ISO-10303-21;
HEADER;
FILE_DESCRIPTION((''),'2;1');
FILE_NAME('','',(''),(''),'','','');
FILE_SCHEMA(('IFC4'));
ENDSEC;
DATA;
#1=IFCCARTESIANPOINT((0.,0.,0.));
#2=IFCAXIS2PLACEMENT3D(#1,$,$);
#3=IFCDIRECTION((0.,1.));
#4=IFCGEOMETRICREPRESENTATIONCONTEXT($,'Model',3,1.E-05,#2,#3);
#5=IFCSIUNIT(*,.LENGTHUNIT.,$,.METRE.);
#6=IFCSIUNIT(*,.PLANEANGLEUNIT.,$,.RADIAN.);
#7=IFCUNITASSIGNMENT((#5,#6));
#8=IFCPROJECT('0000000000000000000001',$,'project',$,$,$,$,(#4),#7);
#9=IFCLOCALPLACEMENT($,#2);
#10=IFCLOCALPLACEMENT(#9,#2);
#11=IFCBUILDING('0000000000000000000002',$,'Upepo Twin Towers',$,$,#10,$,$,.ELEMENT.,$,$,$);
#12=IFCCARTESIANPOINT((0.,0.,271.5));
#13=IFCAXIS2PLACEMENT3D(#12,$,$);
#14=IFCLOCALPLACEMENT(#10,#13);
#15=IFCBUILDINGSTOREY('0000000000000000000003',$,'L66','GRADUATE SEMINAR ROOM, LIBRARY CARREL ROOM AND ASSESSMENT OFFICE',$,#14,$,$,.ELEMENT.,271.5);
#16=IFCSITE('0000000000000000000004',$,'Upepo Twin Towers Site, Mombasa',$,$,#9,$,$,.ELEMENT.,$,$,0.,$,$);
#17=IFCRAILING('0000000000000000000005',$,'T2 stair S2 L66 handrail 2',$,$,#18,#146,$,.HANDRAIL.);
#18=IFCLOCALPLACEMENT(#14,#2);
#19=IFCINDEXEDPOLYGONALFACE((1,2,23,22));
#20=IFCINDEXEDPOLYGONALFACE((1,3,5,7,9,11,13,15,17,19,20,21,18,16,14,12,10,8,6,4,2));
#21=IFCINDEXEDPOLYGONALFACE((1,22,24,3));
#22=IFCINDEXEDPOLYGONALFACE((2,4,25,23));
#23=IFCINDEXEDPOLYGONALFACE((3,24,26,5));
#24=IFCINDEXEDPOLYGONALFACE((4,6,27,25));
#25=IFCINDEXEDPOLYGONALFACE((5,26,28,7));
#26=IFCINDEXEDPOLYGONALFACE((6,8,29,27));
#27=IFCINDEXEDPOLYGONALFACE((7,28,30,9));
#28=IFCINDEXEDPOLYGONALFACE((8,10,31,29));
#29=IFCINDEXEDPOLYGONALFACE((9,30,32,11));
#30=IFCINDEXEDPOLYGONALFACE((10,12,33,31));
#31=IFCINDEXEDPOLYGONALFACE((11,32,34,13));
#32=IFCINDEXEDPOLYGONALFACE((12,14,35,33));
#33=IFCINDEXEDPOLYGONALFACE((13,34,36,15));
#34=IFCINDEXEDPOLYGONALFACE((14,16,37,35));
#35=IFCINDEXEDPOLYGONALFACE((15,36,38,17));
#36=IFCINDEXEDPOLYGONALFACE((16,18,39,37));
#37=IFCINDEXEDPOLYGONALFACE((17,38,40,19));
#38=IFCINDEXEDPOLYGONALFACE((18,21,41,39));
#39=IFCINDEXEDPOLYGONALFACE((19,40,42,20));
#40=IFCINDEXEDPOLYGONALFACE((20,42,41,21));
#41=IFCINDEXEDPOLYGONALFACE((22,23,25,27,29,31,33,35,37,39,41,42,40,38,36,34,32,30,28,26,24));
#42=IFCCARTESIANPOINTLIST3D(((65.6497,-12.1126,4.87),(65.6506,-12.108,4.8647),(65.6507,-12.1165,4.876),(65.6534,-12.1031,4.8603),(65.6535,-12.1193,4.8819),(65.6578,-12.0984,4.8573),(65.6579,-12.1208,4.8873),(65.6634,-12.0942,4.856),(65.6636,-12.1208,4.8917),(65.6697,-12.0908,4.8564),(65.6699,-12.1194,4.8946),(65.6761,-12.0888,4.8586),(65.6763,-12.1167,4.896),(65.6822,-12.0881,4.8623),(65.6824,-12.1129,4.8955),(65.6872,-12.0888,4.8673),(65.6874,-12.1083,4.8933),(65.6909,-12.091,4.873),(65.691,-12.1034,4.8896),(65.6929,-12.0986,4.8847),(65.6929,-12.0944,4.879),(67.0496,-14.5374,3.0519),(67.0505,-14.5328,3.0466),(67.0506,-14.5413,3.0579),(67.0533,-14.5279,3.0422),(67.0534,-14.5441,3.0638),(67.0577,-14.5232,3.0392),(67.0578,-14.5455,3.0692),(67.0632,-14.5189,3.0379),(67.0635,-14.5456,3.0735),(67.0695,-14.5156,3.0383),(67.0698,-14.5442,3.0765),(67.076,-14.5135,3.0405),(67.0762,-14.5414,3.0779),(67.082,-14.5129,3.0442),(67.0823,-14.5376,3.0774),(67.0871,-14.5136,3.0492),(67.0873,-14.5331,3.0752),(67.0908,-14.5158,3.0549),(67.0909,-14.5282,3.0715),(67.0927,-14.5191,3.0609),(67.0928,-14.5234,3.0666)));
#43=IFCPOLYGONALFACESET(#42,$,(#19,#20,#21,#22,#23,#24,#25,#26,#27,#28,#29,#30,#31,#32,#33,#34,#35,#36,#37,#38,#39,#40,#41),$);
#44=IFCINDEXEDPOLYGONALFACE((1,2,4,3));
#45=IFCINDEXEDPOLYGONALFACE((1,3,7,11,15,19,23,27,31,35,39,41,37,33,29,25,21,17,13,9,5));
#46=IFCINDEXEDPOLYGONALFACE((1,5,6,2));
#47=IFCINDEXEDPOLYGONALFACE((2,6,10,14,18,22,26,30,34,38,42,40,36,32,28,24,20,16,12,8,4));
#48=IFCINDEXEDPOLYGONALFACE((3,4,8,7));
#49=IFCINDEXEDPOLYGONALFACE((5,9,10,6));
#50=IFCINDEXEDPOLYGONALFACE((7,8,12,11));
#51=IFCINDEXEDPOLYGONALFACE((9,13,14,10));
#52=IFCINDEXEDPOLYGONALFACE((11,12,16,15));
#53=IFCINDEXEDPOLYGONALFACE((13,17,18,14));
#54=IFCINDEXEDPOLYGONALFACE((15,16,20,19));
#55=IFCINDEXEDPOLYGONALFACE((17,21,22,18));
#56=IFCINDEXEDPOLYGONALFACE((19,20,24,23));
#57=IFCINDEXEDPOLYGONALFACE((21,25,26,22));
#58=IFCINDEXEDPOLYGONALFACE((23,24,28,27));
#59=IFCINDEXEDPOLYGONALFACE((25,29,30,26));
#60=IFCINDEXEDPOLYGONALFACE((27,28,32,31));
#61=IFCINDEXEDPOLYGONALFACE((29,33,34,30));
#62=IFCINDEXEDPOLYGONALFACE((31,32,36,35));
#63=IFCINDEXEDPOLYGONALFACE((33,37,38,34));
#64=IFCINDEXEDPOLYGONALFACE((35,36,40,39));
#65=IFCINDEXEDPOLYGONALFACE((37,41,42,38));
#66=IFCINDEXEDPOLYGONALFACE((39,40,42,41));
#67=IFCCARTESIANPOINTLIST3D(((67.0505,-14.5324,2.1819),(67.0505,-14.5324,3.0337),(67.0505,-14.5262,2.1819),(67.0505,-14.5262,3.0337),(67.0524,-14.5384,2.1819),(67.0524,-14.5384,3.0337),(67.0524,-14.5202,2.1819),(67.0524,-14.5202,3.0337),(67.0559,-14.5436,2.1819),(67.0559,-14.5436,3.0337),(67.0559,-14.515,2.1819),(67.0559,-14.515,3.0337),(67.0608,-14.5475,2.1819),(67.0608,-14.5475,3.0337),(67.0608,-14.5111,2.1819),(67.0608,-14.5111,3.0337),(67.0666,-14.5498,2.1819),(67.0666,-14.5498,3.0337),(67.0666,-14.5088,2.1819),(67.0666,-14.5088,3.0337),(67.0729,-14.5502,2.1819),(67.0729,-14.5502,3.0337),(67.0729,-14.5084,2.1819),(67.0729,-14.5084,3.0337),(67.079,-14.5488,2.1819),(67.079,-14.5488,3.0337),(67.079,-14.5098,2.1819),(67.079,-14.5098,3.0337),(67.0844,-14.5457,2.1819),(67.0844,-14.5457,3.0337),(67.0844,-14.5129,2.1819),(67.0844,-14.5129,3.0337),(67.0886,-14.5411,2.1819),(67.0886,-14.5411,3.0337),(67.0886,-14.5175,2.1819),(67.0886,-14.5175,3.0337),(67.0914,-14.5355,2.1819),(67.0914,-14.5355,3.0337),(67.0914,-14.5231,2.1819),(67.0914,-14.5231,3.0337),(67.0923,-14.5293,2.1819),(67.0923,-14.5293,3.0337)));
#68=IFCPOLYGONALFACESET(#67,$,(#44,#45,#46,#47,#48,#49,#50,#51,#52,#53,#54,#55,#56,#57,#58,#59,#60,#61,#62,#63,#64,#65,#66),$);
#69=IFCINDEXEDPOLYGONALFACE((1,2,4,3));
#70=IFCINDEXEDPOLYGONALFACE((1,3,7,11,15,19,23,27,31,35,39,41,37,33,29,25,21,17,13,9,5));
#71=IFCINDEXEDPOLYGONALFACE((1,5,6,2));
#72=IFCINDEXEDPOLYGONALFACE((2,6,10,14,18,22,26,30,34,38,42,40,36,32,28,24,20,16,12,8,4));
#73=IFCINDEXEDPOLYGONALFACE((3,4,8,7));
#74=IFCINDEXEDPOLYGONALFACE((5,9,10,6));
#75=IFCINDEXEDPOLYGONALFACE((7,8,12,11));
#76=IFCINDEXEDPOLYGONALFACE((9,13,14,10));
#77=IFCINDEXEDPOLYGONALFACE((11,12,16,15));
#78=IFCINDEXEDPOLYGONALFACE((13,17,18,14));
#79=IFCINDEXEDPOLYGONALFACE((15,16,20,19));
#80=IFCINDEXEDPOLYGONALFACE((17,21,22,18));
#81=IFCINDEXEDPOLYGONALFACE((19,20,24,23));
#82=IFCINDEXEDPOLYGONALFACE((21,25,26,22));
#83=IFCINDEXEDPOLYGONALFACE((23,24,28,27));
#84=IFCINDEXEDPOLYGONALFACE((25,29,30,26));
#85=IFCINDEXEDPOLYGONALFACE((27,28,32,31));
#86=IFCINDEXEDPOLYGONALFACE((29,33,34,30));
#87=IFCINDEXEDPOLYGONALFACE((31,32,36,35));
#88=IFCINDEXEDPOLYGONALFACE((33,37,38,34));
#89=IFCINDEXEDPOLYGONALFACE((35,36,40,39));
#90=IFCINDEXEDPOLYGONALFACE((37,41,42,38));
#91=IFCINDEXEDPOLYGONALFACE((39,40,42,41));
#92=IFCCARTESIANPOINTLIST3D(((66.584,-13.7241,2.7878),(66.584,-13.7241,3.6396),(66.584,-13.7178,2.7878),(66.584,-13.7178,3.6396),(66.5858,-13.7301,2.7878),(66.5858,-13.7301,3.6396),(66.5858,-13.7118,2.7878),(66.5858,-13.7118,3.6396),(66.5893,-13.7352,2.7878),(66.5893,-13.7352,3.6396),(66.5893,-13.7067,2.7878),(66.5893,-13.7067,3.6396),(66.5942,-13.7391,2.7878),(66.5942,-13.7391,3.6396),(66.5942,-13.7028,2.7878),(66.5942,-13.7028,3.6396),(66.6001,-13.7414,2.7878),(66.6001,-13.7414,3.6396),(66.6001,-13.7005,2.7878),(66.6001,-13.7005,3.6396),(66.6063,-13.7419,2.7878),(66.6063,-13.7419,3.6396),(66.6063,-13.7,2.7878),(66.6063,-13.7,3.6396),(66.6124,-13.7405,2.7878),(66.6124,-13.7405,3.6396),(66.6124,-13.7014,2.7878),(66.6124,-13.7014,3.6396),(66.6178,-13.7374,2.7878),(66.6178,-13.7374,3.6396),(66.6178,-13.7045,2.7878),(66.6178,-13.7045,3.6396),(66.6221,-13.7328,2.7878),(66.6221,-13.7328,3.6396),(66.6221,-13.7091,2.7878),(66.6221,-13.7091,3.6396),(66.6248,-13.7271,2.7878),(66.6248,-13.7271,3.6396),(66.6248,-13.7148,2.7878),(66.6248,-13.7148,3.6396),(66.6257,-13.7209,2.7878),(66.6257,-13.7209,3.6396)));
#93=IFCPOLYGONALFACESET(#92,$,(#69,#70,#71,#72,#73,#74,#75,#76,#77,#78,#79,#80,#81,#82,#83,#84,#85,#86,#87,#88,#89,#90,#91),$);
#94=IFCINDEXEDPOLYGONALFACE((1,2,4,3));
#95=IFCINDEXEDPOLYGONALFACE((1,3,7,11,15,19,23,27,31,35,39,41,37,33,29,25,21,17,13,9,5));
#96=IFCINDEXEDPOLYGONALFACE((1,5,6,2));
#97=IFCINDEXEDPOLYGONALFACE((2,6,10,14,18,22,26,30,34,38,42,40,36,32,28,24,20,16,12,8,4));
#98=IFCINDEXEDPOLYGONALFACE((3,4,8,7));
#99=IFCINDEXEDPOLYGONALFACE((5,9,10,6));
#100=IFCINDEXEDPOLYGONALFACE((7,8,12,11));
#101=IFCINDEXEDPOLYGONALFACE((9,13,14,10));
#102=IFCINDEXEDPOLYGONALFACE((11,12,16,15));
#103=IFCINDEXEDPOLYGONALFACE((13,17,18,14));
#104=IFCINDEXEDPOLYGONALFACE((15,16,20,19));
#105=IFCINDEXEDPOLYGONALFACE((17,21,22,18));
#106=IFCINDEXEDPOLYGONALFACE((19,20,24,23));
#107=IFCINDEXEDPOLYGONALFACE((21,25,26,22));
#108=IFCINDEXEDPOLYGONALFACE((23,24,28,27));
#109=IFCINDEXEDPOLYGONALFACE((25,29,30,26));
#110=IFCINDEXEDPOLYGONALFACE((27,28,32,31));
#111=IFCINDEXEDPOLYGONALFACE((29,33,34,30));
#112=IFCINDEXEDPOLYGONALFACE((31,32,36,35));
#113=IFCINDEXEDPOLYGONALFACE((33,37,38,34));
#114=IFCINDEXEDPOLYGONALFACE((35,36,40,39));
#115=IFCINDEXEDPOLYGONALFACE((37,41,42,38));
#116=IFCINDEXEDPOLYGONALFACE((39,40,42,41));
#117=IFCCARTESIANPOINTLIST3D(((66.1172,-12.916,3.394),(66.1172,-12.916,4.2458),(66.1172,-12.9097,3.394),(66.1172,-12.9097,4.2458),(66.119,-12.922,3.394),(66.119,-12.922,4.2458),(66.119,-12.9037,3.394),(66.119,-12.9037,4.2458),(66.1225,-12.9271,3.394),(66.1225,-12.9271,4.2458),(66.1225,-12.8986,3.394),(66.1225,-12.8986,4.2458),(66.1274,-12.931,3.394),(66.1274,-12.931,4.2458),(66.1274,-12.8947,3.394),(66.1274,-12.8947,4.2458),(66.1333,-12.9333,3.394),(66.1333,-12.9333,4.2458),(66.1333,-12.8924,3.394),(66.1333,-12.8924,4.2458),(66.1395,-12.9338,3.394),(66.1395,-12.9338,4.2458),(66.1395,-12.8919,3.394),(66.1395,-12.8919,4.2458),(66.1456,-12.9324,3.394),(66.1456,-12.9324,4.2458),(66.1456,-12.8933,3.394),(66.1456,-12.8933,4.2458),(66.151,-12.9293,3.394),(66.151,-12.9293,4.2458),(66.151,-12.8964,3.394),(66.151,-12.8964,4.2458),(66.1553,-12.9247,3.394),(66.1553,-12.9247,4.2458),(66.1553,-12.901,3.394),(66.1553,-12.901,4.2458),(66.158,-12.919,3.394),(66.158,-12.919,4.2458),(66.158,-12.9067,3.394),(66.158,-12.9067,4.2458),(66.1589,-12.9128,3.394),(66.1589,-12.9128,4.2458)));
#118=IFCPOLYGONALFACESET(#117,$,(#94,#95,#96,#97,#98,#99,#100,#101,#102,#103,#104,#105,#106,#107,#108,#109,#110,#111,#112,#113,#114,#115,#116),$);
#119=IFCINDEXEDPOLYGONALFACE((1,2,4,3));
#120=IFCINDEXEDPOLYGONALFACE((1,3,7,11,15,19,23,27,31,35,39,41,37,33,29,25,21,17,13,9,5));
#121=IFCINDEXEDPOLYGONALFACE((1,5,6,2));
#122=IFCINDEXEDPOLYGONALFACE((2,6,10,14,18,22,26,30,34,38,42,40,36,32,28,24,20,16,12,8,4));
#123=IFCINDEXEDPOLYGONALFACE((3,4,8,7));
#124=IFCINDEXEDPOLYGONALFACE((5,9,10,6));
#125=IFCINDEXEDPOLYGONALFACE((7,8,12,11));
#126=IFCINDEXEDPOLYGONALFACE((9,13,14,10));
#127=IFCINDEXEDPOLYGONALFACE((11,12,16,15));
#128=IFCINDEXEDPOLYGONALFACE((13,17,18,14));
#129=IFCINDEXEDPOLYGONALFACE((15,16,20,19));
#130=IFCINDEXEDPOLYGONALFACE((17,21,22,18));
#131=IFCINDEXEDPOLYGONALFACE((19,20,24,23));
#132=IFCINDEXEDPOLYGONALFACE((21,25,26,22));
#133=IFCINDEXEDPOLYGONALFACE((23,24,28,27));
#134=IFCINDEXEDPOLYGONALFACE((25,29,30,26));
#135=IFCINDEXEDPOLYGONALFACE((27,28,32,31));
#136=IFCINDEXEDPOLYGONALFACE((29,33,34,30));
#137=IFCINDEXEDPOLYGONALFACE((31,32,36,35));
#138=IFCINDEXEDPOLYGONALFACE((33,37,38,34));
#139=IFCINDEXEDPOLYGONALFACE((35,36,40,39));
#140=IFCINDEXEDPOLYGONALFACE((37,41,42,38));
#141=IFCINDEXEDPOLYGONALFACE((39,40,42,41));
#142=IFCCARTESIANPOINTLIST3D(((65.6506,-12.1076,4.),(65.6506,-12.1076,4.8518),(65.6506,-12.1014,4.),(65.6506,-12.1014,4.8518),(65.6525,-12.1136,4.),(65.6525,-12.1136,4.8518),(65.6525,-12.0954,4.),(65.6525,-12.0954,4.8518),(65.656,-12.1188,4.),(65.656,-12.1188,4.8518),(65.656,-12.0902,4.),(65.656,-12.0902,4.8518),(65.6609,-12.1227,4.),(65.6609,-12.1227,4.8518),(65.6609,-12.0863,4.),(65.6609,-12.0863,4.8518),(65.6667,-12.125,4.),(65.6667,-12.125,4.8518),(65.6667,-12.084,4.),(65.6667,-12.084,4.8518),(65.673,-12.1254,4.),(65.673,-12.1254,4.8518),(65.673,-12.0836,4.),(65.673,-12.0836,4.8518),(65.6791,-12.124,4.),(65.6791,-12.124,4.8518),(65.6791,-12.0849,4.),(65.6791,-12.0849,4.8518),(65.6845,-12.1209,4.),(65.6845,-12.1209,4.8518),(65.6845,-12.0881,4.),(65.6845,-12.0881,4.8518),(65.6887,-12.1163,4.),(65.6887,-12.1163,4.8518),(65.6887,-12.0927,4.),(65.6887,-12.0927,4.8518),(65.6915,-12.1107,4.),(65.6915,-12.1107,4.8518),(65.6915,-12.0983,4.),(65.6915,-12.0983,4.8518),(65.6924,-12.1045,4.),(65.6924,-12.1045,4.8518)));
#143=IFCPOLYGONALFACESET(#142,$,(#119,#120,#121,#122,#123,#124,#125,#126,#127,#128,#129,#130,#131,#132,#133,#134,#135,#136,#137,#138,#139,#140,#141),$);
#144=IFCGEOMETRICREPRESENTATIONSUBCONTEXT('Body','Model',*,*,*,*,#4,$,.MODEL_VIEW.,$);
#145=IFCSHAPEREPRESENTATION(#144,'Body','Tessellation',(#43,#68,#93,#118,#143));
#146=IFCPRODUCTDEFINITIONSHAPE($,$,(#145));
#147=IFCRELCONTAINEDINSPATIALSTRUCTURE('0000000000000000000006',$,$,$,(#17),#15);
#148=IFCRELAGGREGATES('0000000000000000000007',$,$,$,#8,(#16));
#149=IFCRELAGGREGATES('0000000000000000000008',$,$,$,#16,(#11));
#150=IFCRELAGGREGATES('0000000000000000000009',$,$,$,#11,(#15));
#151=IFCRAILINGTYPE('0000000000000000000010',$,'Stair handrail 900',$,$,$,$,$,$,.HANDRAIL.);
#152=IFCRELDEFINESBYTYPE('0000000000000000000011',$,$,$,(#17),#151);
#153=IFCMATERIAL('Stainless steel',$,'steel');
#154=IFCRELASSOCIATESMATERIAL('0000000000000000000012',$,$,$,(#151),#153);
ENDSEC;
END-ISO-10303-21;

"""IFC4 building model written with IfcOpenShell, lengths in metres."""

from ifc_helpers import new_model, si_unit, direction, frame, origin, origin_2d, place, context, subcontext, project, spatial, circle, extrude, material, type_object, element, save


model = new_model("IFC4")

# Units and contexts
model_context = context("Model", 3, precision=1e-05, world=origin(), true_north=direction((0.0, 1.0)))
body_context = subcontext(model_context, "Body", "Model", "MODEL_VIEW")
ifc_project = project(units=[si_unit("LENGTHUNIT", "METRE"), si_unit("PLANEANGLEUNIT", "RADIAN")], contexts=[model_context])

# Site, building, storey
site_placement = place(None, origin())
site = spatial("IfcSite", under=ifc_project, at=site_placement, Name="Upepo Twin Towers Site, Mombasa", CompositionType="ELEMENT", RefElevation=0.0)
building_placement = place(site_placement, origin())
building = spatial("IfcBuilding", under=site, at=building_placement, Name="Upepo Twin Towers", CompositionType="ELEMENT")
storey_placement = place(building_placement, frame((0.0, 0.0, 271.5)))
storey = spatial("IfcBuildingStorey", under=building, at=storey_placement, Name="L66", Description="GRADUATE SEMINAR ROOM, LIBRARY CARREL ROOM AND ASSESSMENT OFFICE", CompositionType="ELEMENT", Elevation=271.5)

# Railing
ifc_material_1 = material(Name="Stainless steel", Category="steel")
railing_type = type_object("IfcRailingType", Name="Stair handrail 900", PredefinedType="HANDRAIL", material=ifc_material_1)
railing_1_placement = place(storey_placement, frame((67.0713, -14.5293, 2.1819)))
element("IfcRailing", 1, at=railing_1_placement, inside=storey, type_object=railing_type, Name="T2 stair S2 L66 handrail 2", PredefinedType="HANDRAIL", context=body_context, shape_type="SweptSolid", body=[
    extrude(circle(Radius=0.0239, at=origin_2d()), frame((0.0, 0.0, 0.876), z_axis=(-0.419333, 0.726336, 0.544606), x_axis=(-0.866035, -0.499984, 0.0)), (0.0, 0.0, 1.0), 3.3384),
    extrude(circle(Radius=0.021, at=origin_2d()), origin(), (0.0, 0.0, 1.0), 0.8518),
    extrude(circle(Radius=0.021, at=origin_2d()), frame((-0.4666, 0.8083, 0.606)), (0.0, 0.0, 1.0), 0.8518),
    extrude(circle(Radius=0.021, at=origin_2d()), frame((-0.9333, 1.6165, 1.2122)), (0.0, 0.0, 1.0), 0.8518),
    extrude(circle(Radius=0.021, at=origin_2d()), frame((-1.3999, 2.4248, 1.8181)), (0.0, 0.0, 1.0), 0.8518),
])

save(model, "model.ifc")
